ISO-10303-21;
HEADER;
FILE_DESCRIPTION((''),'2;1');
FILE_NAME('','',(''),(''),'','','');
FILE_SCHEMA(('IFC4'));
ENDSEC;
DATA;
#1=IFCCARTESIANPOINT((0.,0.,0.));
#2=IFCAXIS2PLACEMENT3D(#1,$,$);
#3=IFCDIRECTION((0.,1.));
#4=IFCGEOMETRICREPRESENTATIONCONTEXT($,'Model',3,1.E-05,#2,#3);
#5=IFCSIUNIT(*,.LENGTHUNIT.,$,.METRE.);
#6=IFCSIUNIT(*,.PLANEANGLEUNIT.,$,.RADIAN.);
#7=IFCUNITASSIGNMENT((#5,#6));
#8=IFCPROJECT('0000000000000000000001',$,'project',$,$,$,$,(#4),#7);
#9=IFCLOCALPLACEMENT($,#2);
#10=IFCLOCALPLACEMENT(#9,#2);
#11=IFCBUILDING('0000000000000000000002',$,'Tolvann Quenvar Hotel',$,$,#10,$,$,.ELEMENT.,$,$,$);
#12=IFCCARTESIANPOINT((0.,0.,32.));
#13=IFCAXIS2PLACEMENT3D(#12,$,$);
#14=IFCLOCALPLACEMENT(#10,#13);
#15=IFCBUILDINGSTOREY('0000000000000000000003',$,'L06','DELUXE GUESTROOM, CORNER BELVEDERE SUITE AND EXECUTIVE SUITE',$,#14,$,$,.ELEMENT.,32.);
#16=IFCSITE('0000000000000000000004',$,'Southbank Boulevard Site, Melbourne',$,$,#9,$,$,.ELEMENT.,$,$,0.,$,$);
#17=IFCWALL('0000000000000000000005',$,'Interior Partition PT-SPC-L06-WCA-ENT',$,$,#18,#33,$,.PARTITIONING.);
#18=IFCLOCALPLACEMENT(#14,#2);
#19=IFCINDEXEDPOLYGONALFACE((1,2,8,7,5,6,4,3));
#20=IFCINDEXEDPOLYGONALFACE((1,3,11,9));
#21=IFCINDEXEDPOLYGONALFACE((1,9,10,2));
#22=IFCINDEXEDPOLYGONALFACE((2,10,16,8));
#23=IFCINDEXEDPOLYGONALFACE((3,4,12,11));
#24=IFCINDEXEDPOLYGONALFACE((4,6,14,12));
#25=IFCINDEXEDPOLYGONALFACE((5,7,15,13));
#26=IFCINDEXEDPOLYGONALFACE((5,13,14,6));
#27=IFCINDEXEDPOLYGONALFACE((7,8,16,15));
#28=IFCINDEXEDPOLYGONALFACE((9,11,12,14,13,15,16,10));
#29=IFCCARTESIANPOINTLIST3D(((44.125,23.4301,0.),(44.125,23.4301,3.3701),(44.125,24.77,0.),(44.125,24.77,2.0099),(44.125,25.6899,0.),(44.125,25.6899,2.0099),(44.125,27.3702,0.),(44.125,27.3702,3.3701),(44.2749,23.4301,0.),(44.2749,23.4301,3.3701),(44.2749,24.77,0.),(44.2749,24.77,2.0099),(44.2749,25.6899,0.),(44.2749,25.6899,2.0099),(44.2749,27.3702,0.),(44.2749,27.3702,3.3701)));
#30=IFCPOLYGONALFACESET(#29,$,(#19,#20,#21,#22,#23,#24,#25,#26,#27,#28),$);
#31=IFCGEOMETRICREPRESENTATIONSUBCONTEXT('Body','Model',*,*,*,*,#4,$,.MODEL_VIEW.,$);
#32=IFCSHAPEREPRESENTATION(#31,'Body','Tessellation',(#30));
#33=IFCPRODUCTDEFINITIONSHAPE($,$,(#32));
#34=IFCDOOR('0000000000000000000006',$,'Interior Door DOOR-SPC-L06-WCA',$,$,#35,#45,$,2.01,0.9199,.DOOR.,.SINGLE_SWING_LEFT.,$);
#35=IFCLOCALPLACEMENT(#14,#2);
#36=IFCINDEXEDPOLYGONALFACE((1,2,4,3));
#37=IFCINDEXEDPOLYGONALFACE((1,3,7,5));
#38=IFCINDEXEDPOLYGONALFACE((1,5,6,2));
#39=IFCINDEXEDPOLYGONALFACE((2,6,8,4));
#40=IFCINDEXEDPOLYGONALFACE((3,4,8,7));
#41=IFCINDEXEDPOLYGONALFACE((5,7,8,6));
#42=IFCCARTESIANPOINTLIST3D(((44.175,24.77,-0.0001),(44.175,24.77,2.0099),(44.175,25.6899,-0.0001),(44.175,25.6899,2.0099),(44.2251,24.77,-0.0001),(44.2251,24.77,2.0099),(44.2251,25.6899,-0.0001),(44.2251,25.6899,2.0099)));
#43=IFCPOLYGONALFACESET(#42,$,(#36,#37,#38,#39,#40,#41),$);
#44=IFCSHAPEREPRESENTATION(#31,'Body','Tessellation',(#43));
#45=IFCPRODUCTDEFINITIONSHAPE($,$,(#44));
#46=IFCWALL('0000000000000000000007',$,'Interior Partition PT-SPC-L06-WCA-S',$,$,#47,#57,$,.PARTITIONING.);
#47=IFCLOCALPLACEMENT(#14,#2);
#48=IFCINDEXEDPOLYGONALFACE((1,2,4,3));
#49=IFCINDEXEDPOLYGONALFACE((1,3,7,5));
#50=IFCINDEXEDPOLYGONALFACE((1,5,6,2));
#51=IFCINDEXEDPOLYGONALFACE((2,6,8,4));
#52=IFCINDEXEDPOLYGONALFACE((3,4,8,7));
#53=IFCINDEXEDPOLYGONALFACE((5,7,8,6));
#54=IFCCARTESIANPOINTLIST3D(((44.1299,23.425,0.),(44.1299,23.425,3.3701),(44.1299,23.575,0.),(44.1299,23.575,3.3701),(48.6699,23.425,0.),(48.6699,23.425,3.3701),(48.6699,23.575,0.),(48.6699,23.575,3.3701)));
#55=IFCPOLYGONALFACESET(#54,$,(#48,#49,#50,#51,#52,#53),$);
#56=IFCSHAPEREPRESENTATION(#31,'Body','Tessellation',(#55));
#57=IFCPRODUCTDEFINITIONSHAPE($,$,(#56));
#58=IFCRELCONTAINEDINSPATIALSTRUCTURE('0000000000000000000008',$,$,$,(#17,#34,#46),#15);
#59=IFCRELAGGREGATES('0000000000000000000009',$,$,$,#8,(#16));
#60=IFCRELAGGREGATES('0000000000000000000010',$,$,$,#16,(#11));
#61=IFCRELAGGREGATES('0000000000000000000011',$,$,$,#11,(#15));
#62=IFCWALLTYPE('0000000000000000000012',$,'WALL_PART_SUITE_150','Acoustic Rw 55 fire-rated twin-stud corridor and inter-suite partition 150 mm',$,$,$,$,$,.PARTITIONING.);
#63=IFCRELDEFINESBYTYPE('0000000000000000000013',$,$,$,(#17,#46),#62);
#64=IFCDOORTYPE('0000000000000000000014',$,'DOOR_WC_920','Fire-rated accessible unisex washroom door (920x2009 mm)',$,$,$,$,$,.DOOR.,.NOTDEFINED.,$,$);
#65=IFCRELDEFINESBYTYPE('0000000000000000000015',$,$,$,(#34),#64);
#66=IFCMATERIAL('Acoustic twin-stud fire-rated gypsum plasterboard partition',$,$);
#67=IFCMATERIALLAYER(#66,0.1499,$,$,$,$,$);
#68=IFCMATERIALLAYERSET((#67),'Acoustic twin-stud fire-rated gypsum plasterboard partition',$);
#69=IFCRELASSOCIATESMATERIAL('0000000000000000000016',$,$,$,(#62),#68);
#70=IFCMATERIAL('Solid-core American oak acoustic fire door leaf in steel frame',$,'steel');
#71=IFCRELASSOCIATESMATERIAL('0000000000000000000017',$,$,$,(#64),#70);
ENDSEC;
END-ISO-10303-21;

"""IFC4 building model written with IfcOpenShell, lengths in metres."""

from ifc_helpers import new_model, si_unit, direction, frame, frame_2d, origin, place, context, subcontext, project, spatial, rectangle, extrude, source, transform, mapped, material, layer, layer_set, type_object, type_shapes, element, fill, save


model = new_model("IFC4")

# Units and contexts
model_context = context("Model", 3, precision=1e-05, world=origin(), true_north=direction((0.0, 1.0)))
body_context = subcontext(model_context, "Body", "Model", "MODEL_VIEW")
ifc_project = project(units=[si_unit("LENGTHUNIT", "METRE"), si_unit("PLANEANGLEUNIT", "RADIAN")], contexts=[model_context])

# Site, building, storey
site_placement = place(None, origin())
site = spatial("IfcSite", under=ifc_project, at=site_placement, Name="Southbank Boulevard Site, Melbourne", CompositionType="ELEMENT", RefElevation=0.0)
building_placement = place(site_placement, origin())
building = spatial("IfcBuilding", under=site, at=building_placement, Name="Tolvann Quenvar Hotel", CompositionType="ELEMENT")
storey_placement = place(building_placement, frame((0.0, 0.0, 32.0)))
storey = spatial("IfcBuildingStorey", under=building, at=storey_placement, Name="L06", Description="DELUXE GUESTROOM, CORNER BELVEDERE SUITE AND EXECUTIVE SUITE", CompositionType="ELEMENT", Elevation=32.0)

# Shared definitions
ifc_material_1 = material(Name="Acoustic twin-stud fire-rated gypsum plasterboard partition")
ifc_layer = layer(ifc_material_1, 0.1499)
ifc_layer_set = layer_set([ifc_layer], Name="Acoustic twin-stud fire-rated gypsum plasterboard partition")
wall_type = type_object("IfcWallType", Name="WALL_PART_SUITE_150", Description="Acoustic Rw 55 fire-rated twin-stud corridor and inter-suite partition 150 mm", PredefinedType="PARTITIONING", material=ifc_layer_set)
ifc_material_2 = material(Name="Solid-core American oak acoustic fire door leaf in steel frame", Category="steel")
door_type_1 = type_object("IfcDoorType", Name="DOOR_WC_920", Description="Fire-rated accessible unisex washroom door (920x2009 mm)", OperationType="NOTDEFINED", PredefinedType="DOOR", material=ifc_material_2)
shared_shape_1 = source(origin(), body_context, "Body", "SweptSolid", [
    extrude(rectangle(XDim=0.9199, YDim=2.01, at=frame_2d((0.46, 1.0049))), frame((0.0, 0.0249, 0.0), z_axis=(0.0, -1.0, 0.0), x_axis=(1.0, 0.0, 0.0)), (0.0, 0.0, 1.0), 0.05),
])
type_shapes(door_type_1, [shared_shape_1])

# Wall, opening, door
wall_1_placement = place(storey_placement, frame((44.2, 23.4299, 0.0), z_axis=(0.0, 0.0, 1.0), x_axis=(0.0, 1.0, 0.0)))
wall_1 = element("IfcWall", 1, at=wall_1_placement, inside=storey, type_object=wall_type, Name="Interior Partition PT-SPC-L06-WCA-ENT", PredefinedType="PARTITIONING", context=body_context, shape_type="SweptSolid", body=[
    extrude(rectangle(XDim=3.9402, YDim=0.1499, at=frame_2d((1.9702, 0.0))), origin(), (0.0, 0.0, 1.0), 3.3701),
])
opening_1_placement = place(wall_1_placement, frame((1.3401, 0.0, 0.0)))
opening_1 = element("IfcOpeningElement", 2, at=opening_1_placement, cuts=wall_1, PredefinedType="OPENING", context=body_context, shape_type="SweptSolid", body=[
    extrude(rectangle(XDim=0.9199, YDim=2.01, at=frame_2d((0.46, 1.0049))), frame((0.0, 0.085, 0.0), z_axis=(0.0, -1.0, 0.0), x_axis=(1.0, 0.0, 0.0)), (0.0, 0.0, 1.0), 0.1699),
])
door_1_placement = place(opening_1_placement, origin())
door_1 = element("IfcDoor", 3, at=door_1_placement, inside=storey, type_object=door_type_1, Name="Interior Door DOOR-SPC-L06-WCA", OperationType="SINGLE_SWING_LEFT", OverallHeight=2.01, OverallWidth=0.9199, PredefinedType="DOOR", context=body_context, shape_type="MappedRepresentation", body=[
    mapped(shared_shape_1, transform((0.0, 0.0, 0.0), x_axis=(1.0, 0.0, 0.0), y_axis=(0.0, 1.0, 0.0), z_axis=(0.0, 0.0, 1.0), scale=1.0)),
])
fill(opening_1, door_1)

# Wall
wall_2_placement = place(storey_placement, frame((44.1299, 23.5, 0.0), z_axis=(0.0, 0.0, 1.0), x_axis=(1.0, 0.0, 0.0)))
element("IfcWall", 4, at=wall_2_placement, inside=storey, type_object=wall_type, Name="Interior Partition PT-SPC-L06-WCA-S", PredefinedType="PARTITIONING", context=body_context, shape_type="SweptSolid", body=[
    extrude(rectangle(XDim=4.54, YDim=0.1499, at=frame_2d((2.27, 0.0))), origin(), (0.0, 0.0, 1.0), 3.3701),
])

save(model, "model.ifc")
